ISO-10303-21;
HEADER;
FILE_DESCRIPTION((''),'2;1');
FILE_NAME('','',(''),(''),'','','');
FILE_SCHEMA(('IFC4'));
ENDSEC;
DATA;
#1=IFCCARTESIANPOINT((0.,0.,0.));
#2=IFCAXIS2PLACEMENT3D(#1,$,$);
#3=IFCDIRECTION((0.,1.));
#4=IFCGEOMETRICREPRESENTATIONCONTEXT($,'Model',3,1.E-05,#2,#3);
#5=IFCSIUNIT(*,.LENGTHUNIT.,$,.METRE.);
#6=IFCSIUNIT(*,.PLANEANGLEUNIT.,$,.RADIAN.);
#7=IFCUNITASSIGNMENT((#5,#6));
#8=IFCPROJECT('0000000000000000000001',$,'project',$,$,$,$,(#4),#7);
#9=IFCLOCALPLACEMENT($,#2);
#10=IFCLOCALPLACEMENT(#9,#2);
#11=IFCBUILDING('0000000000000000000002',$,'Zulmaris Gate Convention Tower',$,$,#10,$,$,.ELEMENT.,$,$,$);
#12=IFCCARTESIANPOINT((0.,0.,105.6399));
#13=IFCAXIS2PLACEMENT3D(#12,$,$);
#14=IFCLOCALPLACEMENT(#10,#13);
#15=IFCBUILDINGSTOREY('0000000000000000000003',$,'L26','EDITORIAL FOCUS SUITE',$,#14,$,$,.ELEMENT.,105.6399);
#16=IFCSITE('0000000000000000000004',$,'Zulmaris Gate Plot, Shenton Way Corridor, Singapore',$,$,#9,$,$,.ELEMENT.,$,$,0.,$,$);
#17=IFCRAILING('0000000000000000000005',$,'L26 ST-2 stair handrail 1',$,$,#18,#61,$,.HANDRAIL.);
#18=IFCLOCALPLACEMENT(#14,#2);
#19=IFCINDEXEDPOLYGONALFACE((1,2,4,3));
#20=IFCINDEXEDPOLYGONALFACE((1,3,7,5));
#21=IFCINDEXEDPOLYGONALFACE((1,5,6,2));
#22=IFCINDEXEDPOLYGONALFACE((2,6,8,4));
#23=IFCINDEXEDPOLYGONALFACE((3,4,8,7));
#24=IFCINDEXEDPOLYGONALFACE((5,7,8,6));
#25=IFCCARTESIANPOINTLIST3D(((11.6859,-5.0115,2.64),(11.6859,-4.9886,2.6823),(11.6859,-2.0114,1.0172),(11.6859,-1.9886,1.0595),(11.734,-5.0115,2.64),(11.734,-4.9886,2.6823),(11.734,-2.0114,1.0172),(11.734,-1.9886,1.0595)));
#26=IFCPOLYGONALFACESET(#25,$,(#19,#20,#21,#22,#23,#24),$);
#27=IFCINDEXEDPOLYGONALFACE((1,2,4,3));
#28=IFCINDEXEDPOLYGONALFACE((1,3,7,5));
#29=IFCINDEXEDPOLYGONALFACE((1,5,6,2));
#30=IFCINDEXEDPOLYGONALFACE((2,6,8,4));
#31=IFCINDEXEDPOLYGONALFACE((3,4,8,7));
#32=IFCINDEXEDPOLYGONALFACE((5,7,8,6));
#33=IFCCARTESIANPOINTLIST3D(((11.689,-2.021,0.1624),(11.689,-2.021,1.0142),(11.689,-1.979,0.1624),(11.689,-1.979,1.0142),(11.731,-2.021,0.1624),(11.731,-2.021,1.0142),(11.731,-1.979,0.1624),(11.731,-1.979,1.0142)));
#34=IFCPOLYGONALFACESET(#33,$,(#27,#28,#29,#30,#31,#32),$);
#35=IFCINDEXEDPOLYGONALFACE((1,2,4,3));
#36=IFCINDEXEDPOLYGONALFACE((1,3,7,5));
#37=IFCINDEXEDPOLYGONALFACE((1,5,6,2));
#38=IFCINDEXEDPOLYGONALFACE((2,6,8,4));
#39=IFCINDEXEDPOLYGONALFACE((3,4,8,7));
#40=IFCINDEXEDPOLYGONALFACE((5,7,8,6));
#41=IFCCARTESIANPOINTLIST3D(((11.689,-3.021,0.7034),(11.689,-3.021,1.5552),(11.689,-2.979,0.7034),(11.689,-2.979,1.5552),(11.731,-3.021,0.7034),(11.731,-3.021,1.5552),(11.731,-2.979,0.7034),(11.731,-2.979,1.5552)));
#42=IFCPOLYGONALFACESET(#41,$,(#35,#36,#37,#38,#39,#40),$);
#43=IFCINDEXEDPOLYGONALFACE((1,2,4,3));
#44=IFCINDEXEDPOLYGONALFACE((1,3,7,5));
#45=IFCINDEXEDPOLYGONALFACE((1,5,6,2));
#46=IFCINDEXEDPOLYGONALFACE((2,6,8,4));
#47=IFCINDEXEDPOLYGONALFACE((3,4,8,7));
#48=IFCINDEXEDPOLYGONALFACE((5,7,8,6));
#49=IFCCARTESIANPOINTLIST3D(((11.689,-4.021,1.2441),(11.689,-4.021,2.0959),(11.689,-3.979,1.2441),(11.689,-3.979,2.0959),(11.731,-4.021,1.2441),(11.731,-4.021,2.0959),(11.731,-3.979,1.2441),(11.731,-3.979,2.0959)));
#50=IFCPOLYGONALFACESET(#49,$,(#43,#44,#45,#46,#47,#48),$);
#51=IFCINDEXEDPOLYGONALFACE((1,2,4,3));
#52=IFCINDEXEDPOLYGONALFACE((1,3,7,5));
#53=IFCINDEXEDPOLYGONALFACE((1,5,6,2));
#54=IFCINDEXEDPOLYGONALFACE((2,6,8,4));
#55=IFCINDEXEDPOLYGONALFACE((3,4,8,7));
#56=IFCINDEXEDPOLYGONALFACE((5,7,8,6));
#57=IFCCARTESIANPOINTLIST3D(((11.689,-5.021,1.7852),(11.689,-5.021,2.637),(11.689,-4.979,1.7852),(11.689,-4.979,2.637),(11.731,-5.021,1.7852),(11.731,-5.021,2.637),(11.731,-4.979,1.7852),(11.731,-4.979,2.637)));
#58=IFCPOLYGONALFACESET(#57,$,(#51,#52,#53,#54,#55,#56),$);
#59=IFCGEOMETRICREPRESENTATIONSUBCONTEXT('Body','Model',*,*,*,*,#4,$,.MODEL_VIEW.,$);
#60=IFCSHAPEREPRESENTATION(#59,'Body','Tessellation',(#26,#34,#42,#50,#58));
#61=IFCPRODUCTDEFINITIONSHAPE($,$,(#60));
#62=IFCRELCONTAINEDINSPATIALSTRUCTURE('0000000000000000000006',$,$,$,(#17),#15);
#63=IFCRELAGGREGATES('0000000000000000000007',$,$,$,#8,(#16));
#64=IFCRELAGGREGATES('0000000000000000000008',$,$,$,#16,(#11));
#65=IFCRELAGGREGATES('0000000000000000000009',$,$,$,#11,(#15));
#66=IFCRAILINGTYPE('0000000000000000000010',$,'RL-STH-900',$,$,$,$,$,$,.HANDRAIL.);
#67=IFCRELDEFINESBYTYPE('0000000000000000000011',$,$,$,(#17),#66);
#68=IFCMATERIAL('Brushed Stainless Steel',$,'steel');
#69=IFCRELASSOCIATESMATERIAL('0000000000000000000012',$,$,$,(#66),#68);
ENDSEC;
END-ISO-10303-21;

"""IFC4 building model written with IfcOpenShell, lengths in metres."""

from ifc_helpers import new_model, si_unit, direction, frame, origin, origin_2d, place, context, subcontext, project, spatial, rectangle, extrude, material, type_object, element, save


model = new_model("IFC4")

# Units and contexts
model_context = context("Model", 3, precision=1e-05, world=origin(), true_north=direction((0.0, 1.0)))
body_context = subcontext(model_context, "Body", "Model", "MODEL_VIEW")
ifc_project = project(units=[si_unit("LENGTHUNIT", "METRE"), si_unit("PLANEANGLEUNIT", "RADIAN")], contexts=[model_context])

# Site, building, storey
site_placement = place(None, origin())
site = spatial("IfcSite", under=ifc_project, at=site_placement, Name="Zulmaris Gate Plot, Shenton Way Corridor, Singapore", CompositionType="ELEMENT", RefElevation=0.0)
building_placement = place(site_placement, origin())
building = spatial("IfcBuilding", under=site, at=building_placement, Name="Zulmaris Gate Convention Tower", CompositionType="ELEMENT")
storey_placement = place(building_placement, frame((0.0, 0.0, 105.6399)))
storey = spatial("IfcBuildingStorey", under=building, at=storey_placement, Name="L26", Description="EDITORIAL FOCUS SUITE", CompositionType="ELEMENT", Elevation=105.6399)

# Railing
ifc_material_1 = material(Name="Brushed Stainless Steel", Category="steel")
railing_type_1 = type_object("IfcRailingType", Name="RL-STH-900", PredefinedType="HANDRAIL", material=ifc_material_1)
railing_1_placement = place(storey_placement, frame((11.71, -2.0, 0.1624)))
element("IfcRailing", 1, at=railing_1_placement, inside=storey, type_object=railing_type_1, Name="L26 ST-2 stair handrail 1", PredefinedType="HANDRAIL", context=body_context, shape_type="SweptSolid", body=[
    extrude(rectangle(XDim=0.0481, YDim=0.0481, at=origin_2d()), frame((0.0, 0.0, 0.876), z_axis=(0.0, -0.879562, 0.475785), x_axis=(1.0, 0.0, 0.0)), (0.0, 0.0, 1.0), 3.4109),
    extrude(rectangle(XDim=0.042, YDim=0.042, at=origin_2d()), origin(), (0.0, 0.0, 1.0), 0.8518),
    extrude(rectangle(XDim=0.042, YDim=0.042, at=origin_2d()), frame((0.0, -1.0, 0.541)), (0.0, 0.0, 1.0), 0.8518),
    extrude(rectangle(XDim=0.042, YDim=0.042, at=origin_2d()), frame((0.0, -2.0, 1.0818)), (0.0, 0.0, 1.0), 0.8518),
    extrude(rectangle(XDim=0.042, YDim=0.042, at=origin_2d()), frame((0.0, -3.0, 1.6228)), (0.0, 0.0, 1.0), 0.8518),
])

save(model, "model.ifc")
